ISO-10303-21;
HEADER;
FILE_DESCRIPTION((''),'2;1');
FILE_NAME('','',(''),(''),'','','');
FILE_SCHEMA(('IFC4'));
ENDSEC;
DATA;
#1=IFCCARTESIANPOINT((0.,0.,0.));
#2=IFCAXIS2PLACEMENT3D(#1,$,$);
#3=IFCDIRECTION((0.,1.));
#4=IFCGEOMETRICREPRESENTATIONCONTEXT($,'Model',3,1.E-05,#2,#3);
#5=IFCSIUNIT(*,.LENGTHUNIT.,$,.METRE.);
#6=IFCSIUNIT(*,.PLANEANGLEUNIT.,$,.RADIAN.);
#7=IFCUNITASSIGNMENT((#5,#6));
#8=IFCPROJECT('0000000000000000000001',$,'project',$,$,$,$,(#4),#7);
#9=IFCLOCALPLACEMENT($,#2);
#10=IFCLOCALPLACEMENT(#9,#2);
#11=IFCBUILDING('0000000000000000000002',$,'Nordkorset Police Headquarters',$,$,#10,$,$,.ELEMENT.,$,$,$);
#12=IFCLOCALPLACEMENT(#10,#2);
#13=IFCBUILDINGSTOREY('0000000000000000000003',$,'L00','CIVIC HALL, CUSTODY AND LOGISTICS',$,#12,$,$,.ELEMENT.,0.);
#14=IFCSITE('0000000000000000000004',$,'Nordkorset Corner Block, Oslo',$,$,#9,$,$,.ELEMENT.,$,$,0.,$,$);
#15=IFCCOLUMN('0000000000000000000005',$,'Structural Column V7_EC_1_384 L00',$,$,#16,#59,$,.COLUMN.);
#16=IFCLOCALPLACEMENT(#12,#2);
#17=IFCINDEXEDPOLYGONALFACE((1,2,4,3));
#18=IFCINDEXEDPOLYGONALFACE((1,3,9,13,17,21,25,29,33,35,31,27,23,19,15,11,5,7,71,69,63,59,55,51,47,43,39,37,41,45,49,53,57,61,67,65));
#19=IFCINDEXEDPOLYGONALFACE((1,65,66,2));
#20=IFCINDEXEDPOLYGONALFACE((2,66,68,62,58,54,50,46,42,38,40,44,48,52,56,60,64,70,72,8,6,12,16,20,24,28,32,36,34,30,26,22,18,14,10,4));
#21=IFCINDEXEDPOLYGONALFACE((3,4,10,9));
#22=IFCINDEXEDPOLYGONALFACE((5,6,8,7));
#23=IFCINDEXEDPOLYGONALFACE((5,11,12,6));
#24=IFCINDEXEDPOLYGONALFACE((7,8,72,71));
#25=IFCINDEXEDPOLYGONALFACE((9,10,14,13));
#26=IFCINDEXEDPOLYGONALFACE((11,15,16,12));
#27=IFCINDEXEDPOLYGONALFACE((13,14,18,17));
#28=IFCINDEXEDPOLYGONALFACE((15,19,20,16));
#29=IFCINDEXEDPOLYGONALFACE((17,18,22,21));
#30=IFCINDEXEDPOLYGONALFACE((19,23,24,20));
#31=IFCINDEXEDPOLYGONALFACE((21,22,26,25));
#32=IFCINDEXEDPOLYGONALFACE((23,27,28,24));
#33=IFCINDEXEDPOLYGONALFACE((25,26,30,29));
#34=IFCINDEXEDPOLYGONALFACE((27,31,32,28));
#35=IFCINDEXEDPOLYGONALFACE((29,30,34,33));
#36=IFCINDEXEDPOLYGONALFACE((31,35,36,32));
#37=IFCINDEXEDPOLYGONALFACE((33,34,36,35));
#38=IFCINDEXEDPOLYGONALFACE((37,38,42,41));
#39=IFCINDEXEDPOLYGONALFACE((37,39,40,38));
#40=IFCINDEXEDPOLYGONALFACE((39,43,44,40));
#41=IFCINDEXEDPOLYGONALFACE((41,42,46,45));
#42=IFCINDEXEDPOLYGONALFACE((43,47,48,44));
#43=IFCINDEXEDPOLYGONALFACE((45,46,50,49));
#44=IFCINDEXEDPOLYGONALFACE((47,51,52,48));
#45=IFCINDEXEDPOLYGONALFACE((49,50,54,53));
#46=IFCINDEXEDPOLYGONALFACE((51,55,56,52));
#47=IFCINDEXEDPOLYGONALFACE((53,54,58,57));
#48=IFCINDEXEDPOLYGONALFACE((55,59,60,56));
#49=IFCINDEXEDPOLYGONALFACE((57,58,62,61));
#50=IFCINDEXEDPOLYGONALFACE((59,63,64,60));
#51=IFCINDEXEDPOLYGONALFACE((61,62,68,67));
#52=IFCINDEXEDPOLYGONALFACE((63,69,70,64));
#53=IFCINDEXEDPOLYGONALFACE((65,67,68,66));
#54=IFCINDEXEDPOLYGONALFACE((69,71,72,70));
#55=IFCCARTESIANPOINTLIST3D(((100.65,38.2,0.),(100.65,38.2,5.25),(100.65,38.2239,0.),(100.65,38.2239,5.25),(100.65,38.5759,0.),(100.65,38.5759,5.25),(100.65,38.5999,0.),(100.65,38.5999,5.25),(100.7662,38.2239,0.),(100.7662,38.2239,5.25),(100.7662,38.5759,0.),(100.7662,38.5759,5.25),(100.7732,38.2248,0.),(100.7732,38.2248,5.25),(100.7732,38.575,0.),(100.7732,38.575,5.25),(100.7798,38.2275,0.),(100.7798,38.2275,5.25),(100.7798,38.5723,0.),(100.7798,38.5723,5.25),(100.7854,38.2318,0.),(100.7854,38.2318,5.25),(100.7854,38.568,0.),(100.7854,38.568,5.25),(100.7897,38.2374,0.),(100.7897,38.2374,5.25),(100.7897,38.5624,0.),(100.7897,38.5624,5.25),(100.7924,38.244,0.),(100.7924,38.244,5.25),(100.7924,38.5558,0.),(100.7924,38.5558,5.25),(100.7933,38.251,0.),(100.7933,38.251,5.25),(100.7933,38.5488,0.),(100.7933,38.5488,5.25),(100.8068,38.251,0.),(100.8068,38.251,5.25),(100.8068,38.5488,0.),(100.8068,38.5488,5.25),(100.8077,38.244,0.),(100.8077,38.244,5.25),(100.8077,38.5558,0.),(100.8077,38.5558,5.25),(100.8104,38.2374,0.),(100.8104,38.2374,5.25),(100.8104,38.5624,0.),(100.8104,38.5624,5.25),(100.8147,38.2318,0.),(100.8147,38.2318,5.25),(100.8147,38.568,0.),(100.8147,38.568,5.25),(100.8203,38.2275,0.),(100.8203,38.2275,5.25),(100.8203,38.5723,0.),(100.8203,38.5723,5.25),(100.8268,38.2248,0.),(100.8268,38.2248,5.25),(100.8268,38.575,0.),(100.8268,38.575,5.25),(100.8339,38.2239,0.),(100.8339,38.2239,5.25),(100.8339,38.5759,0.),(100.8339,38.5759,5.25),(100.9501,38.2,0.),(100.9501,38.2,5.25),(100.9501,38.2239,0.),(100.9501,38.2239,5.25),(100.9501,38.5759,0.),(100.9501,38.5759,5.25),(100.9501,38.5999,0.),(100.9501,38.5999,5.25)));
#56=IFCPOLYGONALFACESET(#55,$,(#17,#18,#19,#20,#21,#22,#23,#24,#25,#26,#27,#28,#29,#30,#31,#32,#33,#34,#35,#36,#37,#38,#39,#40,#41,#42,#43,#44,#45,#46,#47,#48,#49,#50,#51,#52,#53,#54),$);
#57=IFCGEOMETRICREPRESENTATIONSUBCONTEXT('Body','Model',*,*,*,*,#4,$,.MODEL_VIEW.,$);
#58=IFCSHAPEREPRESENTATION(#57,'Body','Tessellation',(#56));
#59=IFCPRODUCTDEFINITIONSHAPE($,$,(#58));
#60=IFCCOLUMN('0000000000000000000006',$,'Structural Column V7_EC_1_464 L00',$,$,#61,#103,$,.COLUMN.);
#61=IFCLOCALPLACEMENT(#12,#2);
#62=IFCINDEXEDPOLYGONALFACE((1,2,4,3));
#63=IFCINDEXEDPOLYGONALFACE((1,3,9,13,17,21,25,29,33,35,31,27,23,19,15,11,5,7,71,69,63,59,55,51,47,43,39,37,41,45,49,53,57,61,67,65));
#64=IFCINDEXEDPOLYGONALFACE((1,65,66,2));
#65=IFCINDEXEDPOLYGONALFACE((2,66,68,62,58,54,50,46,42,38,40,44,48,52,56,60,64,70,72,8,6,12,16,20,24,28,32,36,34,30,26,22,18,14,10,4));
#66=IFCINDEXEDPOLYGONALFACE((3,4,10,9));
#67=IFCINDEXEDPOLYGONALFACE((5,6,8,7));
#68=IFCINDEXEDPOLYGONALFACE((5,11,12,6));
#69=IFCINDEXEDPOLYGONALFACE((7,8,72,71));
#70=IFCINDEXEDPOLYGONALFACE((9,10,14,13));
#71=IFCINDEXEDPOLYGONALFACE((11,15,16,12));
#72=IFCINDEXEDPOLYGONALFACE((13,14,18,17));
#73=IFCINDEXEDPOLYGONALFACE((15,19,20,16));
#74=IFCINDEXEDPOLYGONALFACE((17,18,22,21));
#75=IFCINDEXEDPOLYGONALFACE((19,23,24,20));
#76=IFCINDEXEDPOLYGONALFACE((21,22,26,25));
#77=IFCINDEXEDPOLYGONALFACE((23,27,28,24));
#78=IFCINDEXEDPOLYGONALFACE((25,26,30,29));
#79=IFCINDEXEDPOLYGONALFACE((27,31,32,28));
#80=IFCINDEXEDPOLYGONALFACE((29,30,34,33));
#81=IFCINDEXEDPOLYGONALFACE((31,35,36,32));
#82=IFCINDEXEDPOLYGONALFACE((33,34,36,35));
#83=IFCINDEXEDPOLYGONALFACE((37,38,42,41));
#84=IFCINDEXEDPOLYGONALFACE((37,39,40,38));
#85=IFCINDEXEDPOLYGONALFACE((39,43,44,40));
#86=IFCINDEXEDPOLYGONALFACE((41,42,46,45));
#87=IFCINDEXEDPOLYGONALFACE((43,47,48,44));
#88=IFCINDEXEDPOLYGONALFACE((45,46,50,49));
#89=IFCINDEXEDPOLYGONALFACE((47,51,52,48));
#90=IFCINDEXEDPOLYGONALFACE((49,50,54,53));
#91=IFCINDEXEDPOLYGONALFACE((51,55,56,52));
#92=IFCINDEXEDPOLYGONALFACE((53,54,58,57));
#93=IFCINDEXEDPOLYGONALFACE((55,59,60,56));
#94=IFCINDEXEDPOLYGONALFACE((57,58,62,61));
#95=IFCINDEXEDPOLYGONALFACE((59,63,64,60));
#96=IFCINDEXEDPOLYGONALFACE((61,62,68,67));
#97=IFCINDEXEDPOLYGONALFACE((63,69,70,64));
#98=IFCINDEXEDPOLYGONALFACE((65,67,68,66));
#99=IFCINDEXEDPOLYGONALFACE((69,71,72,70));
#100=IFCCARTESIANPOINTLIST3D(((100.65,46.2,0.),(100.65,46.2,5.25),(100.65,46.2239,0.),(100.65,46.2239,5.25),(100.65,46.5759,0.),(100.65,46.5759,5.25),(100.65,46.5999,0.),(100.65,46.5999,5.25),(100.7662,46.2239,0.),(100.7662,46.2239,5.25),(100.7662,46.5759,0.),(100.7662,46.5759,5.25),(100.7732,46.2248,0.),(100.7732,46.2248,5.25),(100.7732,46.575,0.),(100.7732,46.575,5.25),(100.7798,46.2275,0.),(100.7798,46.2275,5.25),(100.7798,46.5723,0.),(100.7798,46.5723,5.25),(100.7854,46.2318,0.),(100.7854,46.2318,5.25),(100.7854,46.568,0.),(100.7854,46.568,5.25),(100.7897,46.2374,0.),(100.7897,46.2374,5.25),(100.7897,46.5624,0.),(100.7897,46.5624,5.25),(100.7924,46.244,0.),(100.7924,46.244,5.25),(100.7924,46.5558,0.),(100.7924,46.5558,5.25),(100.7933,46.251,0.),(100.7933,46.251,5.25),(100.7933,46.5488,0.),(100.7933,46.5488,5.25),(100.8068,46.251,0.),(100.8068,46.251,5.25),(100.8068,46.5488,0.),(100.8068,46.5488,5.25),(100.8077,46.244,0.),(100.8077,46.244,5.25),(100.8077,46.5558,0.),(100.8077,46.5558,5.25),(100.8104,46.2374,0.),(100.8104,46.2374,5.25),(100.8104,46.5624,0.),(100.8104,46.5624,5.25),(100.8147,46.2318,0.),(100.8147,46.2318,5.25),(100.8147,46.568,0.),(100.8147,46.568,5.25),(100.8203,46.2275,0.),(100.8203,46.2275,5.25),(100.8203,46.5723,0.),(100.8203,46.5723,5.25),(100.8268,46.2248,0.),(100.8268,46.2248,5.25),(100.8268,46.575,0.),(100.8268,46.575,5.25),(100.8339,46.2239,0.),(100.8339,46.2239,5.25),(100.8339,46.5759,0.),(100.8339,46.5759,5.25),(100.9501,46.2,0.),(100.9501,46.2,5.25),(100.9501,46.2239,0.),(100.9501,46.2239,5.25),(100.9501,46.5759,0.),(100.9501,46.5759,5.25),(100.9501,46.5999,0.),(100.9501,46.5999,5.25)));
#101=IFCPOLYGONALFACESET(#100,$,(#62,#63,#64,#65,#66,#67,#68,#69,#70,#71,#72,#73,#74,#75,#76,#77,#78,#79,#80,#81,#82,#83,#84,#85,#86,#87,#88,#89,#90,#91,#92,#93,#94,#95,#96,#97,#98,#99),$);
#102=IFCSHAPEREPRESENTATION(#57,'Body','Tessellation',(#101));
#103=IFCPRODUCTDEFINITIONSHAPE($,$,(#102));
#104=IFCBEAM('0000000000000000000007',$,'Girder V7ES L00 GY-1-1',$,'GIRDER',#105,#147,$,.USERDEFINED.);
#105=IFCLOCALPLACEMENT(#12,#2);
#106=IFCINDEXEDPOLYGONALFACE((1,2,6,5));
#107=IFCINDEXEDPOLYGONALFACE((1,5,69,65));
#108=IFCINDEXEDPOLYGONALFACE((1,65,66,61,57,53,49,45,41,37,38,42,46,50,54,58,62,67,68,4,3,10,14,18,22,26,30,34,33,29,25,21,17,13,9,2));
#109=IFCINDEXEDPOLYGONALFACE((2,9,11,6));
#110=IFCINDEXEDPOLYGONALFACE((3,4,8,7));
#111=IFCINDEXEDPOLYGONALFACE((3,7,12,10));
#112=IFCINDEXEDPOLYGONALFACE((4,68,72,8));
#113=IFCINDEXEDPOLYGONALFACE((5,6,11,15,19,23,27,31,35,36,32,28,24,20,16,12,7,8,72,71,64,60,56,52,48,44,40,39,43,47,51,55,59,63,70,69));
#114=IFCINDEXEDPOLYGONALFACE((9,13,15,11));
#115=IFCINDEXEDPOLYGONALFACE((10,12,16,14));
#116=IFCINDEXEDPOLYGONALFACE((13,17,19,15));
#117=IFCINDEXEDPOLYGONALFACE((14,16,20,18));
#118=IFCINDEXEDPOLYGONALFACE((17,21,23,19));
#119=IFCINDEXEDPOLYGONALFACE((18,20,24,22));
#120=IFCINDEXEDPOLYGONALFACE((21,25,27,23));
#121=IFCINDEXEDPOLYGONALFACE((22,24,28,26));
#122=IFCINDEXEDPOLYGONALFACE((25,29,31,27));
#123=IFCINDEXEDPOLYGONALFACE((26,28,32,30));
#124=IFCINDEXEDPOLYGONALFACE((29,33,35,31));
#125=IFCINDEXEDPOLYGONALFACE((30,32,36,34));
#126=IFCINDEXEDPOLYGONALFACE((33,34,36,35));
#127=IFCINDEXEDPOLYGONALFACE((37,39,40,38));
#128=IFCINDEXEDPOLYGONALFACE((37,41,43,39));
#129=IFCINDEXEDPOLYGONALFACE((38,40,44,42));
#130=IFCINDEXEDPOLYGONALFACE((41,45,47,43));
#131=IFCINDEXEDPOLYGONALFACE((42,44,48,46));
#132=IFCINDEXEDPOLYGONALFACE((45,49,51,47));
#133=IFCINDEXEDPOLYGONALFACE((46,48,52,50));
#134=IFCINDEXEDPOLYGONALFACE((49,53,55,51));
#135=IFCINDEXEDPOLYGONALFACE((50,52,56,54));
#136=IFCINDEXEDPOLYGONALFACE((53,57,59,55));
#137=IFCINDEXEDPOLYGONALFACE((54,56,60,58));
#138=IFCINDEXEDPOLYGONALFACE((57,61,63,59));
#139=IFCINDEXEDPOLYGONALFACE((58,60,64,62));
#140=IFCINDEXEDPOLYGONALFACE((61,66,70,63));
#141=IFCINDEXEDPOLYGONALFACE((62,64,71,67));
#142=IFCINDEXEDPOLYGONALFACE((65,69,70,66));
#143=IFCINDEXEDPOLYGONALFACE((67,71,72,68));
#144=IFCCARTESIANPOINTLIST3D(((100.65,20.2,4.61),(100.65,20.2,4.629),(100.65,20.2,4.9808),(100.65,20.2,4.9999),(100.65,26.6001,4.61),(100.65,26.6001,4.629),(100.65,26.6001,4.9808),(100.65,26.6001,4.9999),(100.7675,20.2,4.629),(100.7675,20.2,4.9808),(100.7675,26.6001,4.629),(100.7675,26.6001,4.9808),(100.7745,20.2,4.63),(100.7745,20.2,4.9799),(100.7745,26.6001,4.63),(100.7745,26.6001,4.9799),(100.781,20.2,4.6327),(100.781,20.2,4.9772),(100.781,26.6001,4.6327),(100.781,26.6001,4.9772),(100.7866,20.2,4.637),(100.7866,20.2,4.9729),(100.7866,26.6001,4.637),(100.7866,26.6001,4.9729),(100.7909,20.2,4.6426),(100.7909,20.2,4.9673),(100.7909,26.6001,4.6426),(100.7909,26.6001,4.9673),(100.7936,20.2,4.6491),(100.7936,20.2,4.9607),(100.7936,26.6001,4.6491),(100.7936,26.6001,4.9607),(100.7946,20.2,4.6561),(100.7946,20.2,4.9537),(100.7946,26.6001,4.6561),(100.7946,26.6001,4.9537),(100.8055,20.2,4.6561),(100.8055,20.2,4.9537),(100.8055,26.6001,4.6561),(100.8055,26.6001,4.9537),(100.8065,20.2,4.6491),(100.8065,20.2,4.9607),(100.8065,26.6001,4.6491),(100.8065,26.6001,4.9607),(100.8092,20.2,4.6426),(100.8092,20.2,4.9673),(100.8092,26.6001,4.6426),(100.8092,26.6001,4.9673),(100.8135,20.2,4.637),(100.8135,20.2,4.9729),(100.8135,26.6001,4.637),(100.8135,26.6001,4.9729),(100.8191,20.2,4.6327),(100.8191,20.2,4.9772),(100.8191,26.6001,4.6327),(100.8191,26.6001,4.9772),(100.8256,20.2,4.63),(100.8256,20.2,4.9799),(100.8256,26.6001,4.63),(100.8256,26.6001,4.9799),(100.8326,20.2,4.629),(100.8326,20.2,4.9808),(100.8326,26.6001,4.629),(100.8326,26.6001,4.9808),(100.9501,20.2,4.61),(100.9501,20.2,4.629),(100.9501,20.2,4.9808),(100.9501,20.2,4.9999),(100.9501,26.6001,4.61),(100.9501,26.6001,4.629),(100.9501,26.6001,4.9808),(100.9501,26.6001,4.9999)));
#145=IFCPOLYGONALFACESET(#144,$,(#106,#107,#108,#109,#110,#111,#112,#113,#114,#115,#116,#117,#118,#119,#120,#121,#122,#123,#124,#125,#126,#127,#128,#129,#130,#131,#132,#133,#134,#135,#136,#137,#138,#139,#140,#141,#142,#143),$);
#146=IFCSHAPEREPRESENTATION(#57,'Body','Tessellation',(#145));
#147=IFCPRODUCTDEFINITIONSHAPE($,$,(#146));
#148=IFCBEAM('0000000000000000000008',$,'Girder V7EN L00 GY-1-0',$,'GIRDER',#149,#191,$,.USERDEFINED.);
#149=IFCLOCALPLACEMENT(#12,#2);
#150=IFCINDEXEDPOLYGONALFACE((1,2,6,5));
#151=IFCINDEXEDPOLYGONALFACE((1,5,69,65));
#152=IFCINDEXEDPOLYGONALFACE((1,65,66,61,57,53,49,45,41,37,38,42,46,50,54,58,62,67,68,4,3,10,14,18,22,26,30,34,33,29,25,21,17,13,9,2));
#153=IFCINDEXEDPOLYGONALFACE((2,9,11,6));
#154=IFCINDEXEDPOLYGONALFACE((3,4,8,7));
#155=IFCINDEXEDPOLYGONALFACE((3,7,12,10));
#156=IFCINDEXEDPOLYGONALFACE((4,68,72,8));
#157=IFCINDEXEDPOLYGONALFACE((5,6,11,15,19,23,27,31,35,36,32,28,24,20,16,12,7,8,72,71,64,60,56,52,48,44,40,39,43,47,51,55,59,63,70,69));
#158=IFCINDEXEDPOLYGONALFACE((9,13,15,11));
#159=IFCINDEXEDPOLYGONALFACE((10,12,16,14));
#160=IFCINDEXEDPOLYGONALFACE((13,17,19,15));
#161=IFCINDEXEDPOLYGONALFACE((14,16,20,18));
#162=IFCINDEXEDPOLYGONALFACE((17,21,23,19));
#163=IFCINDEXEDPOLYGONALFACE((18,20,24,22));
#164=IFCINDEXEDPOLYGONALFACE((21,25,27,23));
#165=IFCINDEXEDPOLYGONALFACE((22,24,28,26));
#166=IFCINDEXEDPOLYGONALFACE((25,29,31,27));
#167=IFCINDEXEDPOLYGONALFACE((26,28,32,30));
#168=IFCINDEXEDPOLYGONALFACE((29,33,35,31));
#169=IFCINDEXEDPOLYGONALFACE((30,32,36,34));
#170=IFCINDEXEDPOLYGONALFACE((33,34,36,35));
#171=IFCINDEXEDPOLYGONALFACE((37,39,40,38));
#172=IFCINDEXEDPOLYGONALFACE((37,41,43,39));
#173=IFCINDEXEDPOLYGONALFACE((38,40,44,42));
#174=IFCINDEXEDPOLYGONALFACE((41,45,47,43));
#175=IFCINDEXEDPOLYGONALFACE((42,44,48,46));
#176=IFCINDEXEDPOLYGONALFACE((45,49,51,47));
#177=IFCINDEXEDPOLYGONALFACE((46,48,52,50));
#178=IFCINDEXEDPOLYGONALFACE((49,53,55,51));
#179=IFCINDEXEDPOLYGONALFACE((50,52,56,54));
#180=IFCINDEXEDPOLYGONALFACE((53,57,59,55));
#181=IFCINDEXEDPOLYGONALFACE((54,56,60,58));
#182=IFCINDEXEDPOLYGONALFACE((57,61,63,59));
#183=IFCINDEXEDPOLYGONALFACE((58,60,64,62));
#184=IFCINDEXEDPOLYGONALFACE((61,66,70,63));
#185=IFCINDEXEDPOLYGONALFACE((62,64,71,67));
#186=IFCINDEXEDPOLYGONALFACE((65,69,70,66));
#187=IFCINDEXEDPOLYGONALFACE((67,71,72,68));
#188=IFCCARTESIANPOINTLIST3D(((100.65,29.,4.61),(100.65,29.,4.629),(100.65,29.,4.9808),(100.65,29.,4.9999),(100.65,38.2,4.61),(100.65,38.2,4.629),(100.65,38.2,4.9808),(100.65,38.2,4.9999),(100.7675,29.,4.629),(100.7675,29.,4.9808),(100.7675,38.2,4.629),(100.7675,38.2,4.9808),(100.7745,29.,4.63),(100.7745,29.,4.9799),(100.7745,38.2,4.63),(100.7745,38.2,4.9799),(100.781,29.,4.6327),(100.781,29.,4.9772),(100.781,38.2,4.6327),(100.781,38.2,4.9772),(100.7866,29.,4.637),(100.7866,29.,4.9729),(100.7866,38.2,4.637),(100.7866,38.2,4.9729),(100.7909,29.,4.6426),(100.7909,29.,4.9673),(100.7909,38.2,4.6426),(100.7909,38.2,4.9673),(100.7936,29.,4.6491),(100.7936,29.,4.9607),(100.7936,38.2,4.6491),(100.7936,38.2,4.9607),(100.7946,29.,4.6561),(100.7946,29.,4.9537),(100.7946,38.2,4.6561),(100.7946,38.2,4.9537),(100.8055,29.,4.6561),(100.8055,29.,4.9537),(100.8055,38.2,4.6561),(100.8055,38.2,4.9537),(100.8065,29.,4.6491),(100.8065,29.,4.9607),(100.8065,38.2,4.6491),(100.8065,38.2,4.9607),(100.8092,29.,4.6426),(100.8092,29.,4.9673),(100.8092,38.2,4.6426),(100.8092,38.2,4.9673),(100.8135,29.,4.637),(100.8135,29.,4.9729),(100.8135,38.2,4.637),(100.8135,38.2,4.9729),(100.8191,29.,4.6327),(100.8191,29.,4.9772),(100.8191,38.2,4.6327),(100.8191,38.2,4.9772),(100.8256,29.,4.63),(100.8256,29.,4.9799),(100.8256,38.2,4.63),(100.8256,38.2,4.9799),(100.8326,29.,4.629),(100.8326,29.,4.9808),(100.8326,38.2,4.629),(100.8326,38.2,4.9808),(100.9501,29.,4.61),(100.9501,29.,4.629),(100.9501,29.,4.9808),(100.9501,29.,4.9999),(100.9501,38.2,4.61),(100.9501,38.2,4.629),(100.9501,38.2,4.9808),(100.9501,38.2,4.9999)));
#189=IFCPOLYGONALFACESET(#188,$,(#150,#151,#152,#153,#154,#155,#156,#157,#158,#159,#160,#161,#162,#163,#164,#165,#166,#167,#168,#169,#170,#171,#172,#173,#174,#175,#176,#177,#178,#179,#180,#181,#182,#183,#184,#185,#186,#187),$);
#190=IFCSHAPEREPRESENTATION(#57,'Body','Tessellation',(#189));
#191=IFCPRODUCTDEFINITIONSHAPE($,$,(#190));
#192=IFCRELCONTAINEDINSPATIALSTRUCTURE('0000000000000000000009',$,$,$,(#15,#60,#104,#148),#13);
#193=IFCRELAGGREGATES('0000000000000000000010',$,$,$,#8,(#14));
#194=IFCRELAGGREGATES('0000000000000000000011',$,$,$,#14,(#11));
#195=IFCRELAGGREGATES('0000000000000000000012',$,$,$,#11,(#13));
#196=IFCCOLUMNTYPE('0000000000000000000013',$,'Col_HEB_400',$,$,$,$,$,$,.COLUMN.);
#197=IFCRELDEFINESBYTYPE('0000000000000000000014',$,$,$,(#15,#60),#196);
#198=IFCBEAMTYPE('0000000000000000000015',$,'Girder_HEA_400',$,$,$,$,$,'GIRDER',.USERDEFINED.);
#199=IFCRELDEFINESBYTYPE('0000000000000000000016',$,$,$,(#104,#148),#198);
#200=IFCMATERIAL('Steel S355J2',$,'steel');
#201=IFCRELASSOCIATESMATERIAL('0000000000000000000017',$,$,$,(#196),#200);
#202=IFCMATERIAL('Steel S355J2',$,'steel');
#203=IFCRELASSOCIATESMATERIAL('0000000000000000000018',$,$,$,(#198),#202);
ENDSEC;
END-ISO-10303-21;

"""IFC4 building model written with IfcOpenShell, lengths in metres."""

from ifc_helpers import new_model, si_unit, direction, frame, origin, origin_2d, place, context, subcontext, project, spatial, i_section, extrude, material, material_profile, profile_set, type_object, element, save


model = new_model("IFC4")

# Units and contexts
model_context = context("Model", 3, precision=1e-05, world=origin(), true_north=direction((0.0, 1.0)))
body_context = subcontext(model_context, "Body", "Model", "MODEL_VIEW")
ifc_project = project(units=[si_unit("LENGTHUNIT", "METRE"), si_unit("PLANEANGLEUNIT", "RADIAN")], contexts=[model_context])

# Site, building, storey
site_placement = place(None, origin())
site = spatial("IfcSite", under=ifc_project, at=site_placement, Name="Nordkorset Corner Block, Oslo", CompositionType="ELEMENT", RefElevation=0.0)
building_placement = place(site_placement, origin())
building = spatial("IfcBuilding", under=site, at=building_placement, Name="Nordkorset Police Headquarters", CompositionType="ELEMENT")
storey_placement = place(building_placement, origin())
storey = spatial("IfcBuildingStorey", under=building, at=storey_placement, Name="L00", Description="CIVIC HALL, CUSTODY AND LOGISTICS", CompositionType="ELEMENT", Elevation=0.0)

# Columns
ifc_material_1 = material(Name="Steel S355J2", Category="steel")
ifc_material_profile_1 = material_profile(ifc_material_1, i_section(OverallWidth=0.3, OverallDepth=0.3999, WebThickness=0.0134, FlangeThickness=0.0239, FilletRadius=0.0271, at=origin_2d()), Name="HEB 400")
ifc_profile_set_1 = profile_set([ifc_material_profile_1], Name="Steel S355J2")
column_type = type_object("IfcColumnType", Name="Col_HEB_400", PredefinedType="COLUMN", material=ifc_profile_set_1)
for number, where, z_axis, x_axis, name in (
    (1, (100.8, 38.3999, 0.0), (0.0, 0.0, 1.0), (1.0, 0.0, 0.0), "Structural Column V7_EC_1_384 L00"),
    (2, (100.8, 46.3999, 0.0), (0.0, 0.0, 1.0), (1.0, 0.0, 0.0), "Structural Column V7_EC_1_464 L00"),
):
    element("IfcColumn", number, at=place(storey_placement, frame(where, z_axis=z_axis, x_axis=x_axis)), inside=storey, type_object=column_type, Name=name, PredefinedType="COLUMN", context=body_context, shape_type="SweptSolid", body=[
        extrude(i_section(OverallWidth=0.3, OverallDepth=0.3999, WebThickness=0.0134, FlangeThickness=0.0239, FilletRadius=0.0271, at=origin_2d()), origin(), (0.0, 0.0, 1.0), 5.25),
    ])

# Beams
ifc_material_2 = material(Name="Steel S355J2", Category="steel")
ifc_material_profile_2 = material_profile(ifc_material_2, i_section(OverallWidth=0.3, OverallDepth=0.3899, WebThickness=0.011, FlangeThickness=0.019, FilletRadius=0.0271, at=origin_2d()), Name="HEA 400")
ifc_profile_set_2 = profile_set([ifc_material_profile_2], Name="Steel S355J2")
beam_type_1 = type_object("IfcBeamType", Name="Girder_HEA_400", ElementType="GIRDER", PredefinedType="USERDEFINED", material=ifc_profile_set_2)
beam_1_placement = place(storey_placement, frame((100.8, 20.2, 4.8049), z_axis=(0.0, 1.0, 0.0), x_axis=(-1.0, 0.0, 0.0)))
element("IfcBeam", 3, at=beam_1_placement, inside=storey, type_object=beam_type_1, Name="Girder V7ES L00 GY-1-1", ObjectType="GIRDER", PredefinedType="USERDEFINED", context=body_context, shape_type="SweptSolid", body=[
    extrude(i_section(OverallWidth=0.3, OverallDepth=0.3899, WebThickness=0.011, FlangeThickness=0.019, FilletRadius=0.0271, at=origin_2d()), origin(), (0.0, 0.0, 1.0), 6.4001),
])
beam_2_placement = place(storey_placement, frame((100.8, 29.0, 4.8049), z_axis=(0.0, 1.0, 0.0), x_axis=(-1.0, 0.0, 0.0)))
element("IfcBeam", 4, at=beam_2_placement, inside=storey, type_object=beam_type_1, Name="Girder V7EN L00 GY-1-0", ObjectType="GIRDER", PredefinedType="USERDEFINED", context=body_context, shape_type="SweptSolid", body=[
    extrude(i_section(OverallWidth=0.3, OverallDepth=0.3899, WebThickness=0.011, FlangeThickness=0.019, FilletRadius=0.0271, at=origin_2d()), origin(), (0.0, 0.0, 1.0), 9.2),
])

save(model, "model.ifc")
